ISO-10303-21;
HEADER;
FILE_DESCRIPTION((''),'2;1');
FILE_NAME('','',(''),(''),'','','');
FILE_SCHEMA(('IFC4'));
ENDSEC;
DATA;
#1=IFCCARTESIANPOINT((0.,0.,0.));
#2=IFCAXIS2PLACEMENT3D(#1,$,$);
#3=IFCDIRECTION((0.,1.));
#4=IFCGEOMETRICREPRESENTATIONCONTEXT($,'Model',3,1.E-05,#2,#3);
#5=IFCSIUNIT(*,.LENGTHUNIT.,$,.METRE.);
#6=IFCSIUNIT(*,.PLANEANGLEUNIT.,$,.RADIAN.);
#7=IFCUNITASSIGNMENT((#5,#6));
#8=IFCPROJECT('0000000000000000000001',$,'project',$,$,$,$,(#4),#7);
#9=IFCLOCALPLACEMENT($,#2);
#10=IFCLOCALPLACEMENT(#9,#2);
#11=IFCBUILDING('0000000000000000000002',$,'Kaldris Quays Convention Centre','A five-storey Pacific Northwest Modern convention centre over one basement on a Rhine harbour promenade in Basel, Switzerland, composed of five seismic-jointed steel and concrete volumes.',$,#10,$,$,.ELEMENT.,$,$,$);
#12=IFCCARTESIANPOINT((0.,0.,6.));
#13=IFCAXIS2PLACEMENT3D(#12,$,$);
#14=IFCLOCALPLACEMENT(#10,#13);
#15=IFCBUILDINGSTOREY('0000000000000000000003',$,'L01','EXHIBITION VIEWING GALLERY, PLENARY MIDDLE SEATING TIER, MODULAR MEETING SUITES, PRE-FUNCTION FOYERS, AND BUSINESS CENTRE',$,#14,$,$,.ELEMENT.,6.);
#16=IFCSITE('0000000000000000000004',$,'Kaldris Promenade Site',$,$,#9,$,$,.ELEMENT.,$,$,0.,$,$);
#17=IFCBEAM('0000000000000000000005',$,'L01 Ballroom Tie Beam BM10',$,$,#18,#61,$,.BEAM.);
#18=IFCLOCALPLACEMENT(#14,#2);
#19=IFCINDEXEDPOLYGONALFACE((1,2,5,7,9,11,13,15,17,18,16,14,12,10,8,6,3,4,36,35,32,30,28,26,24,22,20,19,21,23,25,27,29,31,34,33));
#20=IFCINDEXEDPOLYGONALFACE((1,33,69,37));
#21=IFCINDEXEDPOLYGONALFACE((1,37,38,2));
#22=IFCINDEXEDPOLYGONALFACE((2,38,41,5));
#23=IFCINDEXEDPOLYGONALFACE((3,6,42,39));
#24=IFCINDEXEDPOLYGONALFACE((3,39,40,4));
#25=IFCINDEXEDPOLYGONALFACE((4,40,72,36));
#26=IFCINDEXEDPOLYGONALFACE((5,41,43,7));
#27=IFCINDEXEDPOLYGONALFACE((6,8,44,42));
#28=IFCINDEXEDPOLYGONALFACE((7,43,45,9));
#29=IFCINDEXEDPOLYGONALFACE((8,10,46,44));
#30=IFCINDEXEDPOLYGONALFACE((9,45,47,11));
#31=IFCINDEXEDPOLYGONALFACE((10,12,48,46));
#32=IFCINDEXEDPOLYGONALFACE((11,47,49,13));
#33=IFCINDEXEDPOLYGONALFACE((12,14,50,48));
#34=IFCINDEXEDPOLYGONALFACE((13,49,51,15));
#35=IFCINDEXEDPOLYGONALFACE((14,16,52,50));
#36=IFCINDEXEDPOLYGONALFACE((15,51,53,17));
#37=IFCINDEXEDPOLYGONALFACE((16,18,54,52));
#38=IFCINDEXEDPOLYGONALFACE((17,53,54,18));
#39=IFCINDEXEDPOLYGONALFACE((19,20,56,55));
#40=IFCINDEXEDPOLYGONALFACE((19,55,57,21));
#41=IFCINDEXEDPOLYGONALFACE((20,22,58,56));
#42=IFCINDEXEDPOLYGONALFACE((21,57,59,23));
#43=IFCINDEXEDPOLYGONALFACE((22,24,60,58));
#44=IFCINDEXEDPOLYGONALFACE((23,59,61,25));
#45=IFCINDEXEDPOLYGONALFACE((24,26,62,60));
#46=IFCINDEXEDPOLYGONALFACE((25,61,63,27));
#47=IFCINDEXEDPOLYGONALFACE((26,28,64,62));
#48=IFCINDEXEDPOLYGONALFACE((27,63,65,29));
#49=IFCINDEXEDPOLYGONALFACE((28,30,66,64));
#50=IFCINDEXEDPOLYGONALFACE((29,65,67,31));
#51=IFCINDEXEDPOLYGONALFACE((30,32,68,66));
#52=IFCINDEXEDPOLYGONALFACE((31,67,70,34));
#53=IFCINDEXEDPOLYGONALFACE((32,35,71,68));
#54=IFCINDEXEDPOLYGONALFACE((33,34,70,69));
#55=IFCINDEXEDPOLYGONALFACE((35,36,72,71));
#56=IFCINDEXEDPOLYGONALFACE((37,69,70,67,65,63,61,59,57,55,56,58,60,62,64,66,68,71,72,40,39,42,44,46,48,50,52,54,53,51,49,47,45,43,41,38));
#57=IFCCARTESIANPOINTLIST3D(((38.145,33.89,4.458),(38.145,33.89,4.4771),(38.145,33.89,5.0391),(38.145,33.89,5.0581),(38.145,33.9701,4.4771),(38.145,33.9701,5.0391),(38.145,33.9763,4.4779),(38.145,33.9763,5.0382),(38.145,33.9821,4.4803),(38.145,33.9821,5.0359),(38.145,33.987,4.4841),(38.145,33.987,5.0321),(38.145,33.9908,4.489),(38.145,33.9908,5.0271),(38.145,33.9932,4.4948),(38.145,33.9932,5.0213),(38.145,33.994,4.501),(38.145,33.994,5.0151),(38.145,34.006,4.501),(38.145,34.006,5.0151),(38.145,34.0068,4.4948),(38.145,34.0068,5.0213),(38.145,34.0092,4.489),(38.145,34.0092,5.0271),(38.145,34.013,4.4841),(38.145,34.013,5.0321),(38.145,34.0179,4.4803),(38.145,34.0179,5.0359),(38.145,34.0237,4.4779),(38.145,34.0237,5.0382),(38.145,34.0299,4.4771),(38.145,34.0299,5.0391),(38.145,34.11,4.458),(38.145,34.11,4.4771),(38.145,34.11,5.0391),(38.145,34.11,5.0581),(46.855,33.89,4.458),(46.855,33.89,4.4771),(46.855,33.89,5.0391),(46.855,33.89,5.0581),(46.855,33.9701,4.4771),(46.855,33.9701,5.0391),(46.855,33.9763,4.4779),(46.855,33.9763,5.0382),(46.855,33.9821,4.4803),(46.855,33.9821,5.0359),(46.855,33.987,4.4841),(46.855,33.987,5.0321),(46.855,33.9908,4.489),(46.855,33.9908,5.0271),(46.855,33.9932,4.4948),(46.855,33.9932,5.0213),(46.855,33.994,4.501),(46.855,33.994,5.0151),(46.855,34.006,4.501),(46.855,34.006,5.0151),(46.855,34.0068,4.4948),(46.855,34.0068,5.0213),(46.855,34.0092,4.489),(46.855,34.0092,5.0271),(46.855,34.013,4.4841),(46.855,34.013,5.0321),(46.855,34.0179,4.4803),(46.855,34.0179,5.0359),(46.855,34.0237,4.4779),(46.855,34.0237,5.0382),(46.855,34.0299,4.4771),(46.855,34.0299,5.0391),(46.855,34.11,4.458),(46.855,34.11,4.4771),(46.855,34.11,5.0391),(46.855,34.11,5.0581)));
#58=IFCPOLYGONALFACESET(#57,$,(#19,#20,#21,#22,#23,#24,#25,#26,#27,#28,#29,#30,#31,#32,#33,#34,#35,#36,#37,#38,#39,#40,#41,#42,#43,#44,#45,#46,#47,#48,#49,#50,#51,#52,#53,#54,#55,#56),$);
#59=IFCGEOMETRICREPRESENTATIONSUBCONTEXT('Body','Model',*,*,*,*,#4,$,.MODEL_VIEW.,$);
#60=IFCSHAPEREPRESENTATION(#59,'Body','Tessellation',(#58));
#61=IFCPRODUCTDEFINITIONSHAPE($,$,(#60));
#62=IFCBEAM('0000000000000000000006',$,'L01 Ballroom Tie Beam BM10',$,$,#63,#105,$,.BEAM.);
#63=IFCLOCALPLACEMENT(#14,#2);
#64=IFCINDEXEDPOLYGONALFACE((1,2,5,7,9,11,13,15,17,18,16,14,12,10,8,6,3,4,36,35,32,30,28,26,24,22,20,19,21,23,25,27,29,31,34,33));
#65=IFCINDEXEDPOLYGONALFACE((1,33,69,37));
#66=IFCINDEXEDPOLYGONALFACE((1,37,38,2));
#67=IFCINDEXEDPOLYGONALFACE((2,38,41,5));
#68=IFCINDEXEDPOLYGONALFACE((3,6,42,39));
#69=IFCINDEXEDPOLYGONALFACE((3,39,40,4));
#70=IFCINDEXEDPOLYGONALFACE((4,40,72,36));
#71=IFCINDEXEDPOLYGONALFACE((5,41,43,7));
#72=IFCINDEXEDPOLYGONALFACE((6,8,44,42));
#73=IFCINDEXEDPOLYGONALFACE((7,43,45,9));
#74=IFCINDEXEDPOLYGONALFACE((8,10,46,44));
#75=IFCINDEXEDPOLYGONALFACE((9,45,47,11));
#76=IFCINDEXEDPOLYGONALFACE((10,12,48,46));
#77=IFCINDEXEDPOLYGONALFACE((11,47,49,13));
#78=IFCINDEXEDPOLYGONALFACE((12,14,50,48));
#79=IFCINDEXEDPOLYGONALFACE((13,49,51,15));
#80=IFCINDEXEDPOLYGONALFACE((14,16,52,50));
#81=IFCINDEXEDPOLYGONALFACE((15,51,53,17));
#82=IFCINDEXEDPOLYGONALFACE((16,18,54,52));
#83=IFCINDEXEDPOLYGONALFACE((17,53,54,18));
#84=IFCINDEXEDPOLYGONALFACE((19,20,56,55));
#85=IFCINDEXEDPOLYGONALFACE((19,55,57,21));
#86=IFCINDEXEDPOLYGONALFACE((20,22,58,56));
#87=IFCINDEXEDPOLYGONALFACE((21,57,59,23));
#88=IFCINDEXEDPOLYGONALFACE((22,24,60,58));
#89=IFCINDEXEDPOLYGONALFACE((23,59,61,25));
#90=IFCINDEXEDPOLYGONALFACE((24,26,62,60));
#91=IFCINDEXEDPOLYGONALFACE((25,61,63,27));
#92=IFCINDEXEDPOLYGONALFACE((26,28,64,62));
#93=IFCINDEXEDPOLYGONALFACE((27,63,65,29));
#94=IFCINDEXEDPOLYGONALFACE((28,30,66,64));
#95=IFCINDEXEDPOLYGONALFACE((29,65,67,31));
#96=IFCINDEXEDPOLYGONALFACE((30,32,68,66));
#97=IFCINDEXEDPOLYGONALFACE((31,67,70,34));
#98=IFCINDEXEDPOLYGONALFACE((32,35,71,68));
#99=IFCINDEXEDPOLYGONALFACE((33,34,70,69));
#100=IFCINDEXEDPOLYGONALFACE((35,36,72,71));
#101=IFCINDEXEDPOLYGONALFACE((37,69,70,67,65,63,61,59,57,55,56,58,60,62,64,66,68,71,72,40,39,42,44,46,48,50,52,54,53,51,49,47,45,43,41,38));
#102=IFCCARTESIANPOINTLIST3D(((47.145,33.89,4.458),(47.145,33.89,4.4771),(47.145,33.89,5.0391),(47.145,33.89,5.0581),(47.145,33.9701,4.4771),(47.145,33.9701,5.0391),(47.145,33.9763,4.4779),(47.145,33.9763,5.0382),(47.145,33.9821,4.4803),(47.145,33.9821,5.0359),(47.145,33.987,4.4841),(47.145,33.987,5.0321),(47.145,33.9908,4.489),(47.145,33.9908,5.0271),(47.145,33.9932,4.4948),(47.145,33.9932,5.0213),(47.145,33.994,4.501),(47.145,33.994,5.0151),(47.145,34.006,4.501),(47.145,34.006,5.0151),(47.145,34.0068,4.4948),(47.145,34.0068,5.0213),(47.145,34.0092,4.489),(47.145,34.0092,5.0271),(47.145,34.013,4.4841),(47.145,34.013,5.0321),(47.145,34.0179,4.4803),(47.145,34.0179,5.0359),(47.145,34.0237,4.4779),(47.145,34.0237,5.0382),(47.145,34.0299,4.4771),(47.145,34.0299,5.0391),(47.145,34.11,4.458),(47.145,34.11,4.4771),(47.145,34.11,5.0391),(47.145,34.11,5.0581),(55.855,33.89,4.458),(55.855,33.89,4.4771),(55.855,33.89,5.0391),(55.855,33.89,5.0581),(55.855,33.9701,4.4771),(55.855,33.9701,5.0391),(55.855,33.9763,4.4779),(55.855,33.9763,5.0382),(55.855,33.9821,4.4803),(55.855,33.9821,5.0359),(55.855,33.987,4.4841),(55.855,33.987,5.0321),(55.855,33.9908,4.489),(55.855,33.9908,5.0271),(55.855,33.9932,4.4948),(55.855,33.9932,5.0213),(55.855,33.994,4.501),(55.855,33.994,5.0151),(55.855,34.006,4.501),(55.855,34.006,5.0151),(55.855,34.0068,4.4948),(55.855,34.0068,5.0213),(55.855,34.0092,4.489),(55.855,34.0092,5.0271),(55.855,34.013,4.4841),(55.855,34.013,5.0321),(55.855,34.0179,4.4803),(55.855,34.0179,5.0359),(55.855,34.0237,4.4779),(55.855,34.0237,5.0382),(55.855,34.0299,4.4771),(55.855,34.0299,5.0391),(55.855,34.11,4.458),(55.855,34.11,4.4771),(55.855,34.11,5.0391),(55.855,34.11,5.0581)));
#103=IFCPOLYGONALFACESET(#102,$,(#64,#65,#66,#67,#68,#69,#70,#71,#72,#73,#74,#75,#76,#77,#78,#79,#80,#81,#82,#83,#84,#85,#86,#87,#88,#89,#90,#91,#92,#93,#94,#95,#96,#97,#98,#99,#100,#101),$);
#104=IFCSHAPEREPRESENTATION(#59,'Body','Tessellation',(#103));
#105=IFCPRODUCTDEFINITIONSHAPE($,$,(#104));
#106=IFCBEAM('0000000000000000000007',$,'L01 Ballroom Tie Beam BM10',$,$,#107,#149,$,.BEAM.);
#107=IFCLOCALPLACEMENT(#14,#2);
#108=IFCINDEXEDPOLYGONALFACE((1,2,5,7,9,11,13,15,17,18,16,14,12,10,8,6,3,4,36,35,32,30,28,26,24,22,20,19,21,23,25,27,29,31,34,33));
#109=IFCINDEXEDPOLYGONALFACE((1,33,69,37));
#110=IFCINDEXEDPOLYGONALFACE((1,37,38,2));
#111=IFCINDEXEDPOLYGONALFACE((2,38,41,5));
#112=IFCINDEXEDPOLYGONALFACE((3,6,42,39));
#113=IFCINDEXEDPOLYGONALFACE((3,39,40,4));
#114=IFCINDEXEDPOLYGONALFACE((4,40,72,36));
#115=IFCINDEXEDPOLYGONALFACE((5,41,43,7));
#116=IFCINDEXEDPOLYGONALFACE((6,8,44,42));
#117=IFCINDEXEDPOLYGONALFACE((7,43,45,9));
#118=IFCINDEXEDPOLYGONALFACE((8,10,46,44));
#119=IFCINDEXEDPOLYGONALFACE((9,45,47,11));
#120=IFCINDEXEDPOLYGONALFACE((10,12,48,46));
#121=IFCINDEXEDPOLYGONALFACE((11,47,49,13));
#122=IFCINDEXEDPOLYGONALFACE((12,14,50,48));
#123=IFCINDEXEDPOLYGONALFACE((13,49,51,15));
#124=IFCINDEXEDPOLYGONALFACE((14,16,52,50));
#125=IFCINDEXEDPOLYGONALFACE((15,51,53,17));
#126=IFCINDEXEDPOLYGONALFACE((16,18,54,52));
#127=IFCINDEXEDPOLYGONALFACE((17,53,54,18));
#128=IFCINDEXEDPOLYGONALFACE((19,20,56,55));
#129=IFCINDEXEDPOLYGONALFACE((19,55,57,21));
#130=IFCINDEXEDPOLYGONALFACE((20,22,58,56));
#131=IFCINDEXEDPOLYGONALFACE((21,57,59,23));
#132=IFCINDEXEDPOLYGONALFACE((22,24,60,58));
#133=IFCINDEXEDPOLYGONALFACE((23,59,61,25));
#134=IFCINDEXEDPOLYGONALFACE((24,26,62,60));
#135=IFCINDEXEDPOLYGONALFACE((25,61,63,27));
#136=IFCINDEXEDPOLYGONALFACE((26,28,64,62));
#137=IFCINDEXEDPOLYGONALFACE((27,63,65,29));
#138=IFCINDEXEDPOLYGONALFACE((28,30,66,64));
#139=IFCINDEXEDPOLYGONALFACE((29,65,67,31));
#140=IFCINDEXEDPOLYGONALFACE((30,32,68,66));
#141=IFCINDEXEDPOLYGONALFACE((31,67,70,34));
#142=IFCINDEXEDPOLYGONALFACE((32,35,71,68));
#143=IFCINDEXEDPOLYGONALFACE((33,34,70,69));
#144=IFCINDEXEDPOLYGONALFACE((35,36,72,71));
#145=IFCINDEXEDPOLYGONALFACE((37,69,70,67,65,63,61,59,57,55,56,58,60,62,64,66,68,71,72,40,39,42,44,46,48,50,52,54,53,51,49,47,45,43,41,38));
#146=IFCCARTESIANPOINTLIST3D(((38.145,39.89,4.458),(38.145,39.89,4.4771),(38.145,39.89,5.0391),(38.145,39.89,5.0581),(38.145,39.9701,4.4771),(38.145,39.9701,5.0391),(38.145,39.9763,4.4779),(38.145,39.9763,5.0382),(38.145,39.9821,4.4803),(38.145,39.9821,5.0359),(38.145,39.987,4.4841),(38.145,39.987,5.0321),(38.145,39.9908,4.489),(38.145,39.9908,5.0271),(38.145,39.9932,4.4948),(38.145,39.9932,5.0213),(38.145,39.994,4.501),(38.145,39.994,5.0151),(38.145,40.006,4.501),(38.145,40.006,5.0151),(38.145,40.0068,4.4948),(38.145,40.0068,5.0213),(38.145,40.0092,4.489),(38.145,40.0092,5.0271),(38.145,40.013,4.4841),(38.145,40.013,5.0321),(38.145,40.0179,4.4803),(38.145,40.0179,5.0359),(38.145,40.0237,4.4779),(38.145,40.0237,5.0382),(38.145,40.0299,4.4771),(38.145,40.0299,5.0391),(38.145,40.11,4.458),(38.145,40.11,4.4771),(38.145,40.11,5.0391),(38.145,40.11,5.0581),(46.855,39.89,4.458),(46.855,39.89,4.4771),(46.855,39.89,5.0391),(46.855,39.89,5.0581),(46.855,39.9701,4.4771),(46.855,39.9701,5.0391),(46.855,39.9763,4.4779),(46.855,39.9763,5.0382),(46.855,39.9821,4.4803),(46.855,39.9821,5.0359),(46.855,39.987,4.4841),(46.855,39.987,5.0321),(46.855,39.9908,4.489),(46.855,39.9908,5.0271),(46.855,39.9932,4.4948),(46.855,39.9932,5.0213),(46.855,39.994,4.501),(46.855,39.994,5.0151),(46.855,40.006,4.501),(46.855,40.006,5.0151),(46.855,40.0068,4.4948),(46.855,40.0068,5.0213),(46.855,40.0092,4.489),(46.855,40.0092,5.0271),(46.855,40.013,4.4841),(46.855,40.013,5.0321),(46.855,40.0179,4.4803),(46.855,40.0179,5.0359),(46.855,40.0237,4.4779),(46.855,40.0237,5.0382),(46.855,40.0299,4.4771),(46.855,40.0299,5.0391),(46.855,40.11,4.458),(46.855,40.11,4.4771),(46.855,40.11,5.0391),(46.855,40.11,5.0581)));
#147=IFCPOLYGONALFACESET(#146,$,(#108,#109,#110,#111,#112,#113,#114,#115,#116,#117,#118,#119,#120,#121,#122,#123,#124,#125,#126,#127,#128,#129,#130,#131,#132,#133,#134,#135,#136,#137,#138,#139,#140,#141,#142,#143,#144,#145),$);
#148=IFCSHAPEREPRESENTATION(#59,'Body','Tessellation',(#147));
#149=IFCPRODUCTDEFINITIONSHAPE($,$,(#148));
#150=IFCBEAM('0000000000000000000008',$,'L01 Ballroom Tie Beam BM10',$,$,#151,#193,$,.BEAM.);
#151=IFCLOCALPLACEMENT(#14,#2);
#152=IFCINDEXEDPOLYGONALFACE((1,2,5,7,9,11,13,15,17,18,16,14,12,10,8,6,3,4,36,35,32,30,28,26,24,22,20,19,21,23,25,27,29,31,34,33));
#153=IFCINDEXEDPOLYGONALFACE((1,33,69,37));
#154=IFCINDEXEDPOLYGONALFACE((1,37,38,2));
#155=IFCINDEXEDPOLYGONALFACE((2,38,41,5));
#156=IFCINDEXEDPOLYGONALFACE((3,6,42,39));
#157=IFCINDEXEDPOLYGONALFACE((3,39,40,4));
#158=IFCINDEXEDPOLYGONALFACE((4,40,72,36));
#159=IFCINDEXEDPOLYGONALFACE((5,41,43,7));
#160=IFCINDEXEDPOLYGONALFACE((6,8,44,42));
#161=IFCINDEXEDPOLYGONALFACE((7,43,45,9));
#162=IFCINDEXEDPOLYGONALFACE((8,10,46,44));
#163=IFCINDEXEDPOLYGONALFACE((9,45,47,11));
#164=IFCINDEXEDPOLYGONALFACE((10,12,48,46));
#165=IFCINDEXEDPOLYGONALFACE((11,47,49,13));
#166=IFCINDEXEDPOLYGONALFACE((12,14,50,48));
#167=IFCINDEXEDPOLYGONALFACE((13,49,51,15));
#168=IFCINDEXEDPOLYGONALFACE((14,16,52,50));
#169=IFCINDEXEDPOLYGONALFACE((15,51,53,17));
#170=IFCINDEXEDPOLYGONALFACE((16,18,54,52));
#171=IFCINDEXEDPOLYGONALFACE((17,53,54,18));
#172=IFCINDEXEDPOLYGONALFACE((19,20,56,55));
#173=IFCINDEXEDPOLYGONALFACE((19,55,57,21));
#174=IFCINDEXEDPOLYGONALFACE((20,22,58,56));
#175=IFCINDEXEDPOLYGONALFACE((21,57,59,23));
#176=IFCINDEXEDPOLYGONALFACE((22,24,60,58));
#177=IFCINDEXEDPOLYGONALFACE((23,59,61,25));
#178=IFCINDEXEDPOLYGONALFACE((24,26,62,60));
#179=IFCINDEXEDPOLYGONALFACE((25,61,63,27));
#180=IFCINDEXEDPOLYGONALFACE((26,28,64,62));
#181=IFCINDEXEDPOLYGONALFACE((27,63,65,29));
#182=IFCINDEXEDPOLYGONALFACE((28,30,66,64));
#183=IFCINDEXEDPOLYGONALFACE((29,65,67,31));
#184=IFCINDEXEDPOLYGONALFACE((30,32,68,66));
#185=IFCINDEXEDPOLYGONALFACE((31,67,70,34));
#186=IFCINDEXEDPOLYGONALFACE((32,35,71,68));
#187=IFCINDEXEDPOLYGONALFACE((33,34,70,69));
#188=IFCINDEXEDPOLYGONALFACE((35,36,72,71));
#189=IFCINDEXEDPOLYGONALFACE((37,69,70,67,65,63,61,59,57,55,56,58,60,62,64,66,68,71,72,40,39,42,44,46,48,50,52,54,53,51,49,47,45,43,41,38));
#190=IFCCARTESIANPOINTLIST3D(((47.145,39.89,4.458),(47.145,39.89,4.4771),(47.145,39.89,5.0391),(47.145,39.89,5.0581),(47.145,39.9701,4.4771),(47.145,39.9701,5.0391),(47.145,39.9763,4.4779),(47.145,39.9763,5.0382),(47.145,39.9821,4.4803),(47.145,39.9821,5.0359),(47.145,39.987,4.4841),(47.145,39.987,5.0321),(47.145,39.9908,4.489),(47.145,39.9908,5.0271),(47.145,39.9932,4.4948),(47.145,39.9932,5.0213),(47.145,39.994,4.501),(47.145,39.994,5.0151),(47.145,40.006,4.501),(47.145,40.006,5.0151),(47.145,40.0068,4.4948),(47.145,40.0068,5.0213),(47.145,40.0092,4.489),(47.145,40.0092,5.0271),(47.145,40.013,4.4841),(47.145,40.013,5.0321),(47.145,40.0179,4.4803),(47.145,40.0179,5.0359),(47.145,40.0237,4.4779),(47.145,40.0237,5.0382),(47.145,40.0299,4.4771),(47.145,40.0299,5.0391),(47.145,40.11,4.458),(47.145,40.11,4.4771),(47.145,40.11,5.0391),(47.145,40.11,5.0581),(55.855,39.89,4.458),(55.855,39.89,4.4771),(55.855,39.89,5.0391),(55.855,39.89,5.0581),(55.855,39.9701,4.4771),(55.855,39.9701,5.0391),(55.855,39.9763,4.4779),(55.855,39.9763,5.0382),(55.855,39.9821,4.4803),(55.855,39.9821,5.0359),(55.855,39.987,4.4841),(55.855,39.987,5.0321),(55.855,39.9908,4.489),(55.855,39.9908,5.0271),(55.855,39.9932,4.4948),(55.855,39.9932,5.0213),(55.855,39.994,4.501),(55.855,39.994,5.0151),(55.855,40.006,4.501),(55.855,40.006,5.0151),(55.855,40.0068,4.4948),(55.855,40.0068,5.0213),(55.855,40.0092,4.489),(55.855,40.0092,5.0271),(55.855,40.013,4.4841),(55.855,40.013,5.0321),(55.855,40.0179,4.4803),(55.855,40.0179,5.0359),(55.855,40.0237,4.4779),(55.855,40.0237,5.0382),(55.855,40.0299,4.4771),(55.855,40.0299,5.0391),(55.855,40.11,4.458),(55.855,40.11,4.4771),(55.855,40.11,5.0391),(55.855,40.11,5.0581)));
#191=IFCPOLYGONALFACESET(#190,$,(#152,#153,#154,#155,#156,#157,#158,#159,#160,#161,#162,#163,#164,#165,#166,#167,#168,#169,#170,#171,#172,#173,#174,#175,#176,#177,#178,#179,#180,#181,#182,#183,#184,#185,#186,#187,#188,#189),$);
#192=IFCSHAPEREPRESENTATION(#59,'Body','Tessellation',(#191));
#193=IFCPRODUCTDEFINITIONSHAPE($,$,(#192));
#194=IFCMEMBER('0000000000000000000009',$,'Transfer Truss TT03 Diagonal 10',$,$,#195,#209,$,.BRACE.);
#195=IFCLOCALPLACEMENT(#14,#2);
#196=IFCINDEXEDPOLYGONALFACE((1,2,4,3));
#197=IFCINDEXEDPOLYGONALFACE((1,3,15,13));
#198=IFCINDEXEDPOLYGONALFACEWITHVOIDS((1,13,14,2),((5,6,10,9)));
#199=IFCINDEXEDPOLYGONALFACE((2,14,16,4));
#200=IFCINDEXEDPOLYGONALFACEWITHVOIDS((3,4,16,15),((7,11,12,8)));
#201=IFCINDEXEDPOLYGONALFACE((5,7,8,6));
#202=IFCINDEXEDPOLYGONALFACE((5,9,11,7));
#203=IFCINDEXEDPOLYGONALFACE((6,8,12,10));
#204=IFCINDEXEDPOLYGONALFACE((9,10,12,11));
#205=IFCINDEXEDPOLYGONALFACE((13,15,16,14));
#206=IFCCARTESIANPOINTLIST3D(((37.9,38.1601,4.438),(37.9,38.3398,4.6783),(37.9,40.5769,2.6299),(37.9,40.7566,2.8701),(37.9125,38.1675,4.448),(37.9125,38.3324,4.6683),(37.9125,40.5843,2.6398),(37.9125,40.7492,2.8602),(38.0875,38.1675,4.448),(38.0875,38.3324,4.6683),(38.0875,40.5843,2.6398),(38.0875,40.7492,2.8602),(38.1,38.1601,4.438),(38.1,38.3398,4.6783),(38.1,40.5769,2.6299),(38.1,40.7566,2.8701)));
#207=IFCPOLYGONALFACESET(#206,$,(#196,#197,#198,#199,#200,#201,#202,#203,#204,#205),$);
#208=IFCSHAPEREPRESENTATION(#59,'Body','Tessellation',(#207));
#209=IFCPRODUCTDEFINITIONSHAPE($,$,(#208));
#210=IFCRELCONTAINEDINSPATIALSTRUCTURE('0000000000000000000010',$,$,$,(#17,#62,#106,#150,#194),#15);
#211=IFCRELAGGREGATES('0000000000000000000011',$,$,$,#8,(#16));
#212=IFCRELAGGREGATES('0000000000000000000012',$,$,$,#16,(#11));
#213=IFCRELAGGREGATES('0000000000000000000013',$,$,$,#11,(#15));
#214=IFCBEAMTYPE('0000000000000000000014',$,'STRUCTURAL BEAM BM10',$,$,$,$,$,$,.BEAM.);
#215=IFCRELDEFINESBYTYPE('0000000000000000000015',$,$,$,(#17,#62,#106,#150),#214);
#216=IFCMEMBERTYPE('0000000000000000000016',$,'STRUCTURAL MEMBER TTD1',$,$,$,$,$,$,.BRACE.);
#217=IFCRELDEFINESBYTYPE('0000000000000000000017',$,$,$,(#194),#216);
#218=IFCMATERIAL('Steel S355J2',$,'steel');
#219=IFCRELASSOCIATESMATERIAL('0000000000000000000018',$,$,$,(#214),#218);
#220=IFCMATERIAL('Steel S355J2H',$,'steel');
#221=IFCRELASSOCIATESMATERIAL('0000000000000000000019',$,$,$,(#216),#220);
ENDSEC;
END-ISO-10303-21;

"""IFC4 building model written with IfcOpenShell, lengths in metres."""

from ifc_helpers import new_model, si_unit, direction, frame, origin, origin_2d, place, context, subcontext, project, spatial, hollow_rectangle, i_section, extrude, material, material_profile, profile_set, type_object, element, save


model = new_model("IFC4")

# Units and contexts
model_context = context("Model", 3, precision=1e-05, world=origin(), true_north=direction((0.0, 1.0)))
body_context = subcontext(model_context, "Body", "Model", "MODEL_VIEW")
ifc_project = project(units=[si_unit("LENGTHUNIT", "METRE"), si_unit("PLANEANGLEUNIT", "RADIAN")], contexts=[model_context])

# Site, building, storey
site_placement = place(None, origin())
site = spatial("IfcSite", under=ifc_project, at=site_placement, Name="Kaldris Promenade Site", CompositionType="ELEMENT", RefElevation=0.0)
building_placement = place(site_placement, origin())
building = spatial("IfcBuilding", under=site, at=building_placement, Name="Kaldris Quays Convention Centre", Description="A five-storey Pacific Northwest Modern convention centre over one basement on a Rhine harbour promenade in Basel, Switzerland, composed of five seismic-jointed steel and concrete volumes.", CompositionType="ELEMENT")
storey_placement = place(building_placement, frame((0.0, 0.0, 6.0)))
storey = spatial("IfcBuildingStorey", under=building, at=storey_placement, Name="L01", Description="EXHIBITION VIEWING GALLERY, PLENARY MIDDLE SEATING TIER, MODULAR MEETING SUITES, PRE-FUNCTION FOYERS, AND BUSINESS CENTRE", CompositionType="ELEMENT", Elevation=6.0)

# Beams
ifc_material_1 = material(Name="Steel S355J2", Category="steel")
ifc_material_profile_1 = material_profile(ifc_material_1, i_section(OverallWidth=0.22, OverallDepth=0.6001, WebThickness=0.012, FlangeThickness=0.019, FilletRadius=0.0239, at=origin_2d()), Name="IPE 600")
ifc_profile_set_1 = profile_set([ifc_material_profile_1], Name="Steel S355J2")
beam_type = type_object("IfcBeamType", Name="STRUCTURAL BEAM BM10", PredefinedType="BEAM", material=ifc_profile_set_1)
for number, where, z_axis, x_axis, name in (
    (1, (38.145, 34.0, 4.7581), (1.0, 0.0, 0.0), (0.0, 1.0, 0.0), "L01 Ballroom Tie Beam BM10"),
    (2, (47.145, 34.0, 4.7581), (1.0, 0.0, 0.0), (0.0, 1.0, 0.0), "L01 Ballroom Tie Beam BM10"),
    (3, (38.145, 40.0, 4.7581), (1.0, 0.0, 0.0), (0.0, 1.0, 0.0), "L01 Ballroom Tie Beam BM10"),
    (4, (47.145, 40.0, 4.7581), (1.0, 0.0, 0.0), (0.0, 1.0, 0.0), "L01 Ballroom Tie Beam BM10"),
):
    element("IfcBeam", number, at=place(storey_placement, frame(where, z_axis=z_axis, x_axis=x_axis)), inside=storey, type_object=beam_type, Name=name, PredefinedType="BEAM", context=body_context, shape_type="SweptSolid", body=[
        extrude(i_section(OverallWidth=0.22, OverallDepth=0.6001, WebThickness=0.012, FlangeThickness=0.019, FilletRadius=0.0239, at=origin_2d()), origin(), (0.0, 0.0, 1.0), 8.71),
    ])

# Member
ifc_material_2 = material(Name="Steel S355J2H", Category="steel")
ifc_material_profile_2 = material_profile(ifc_material_2, hollow_rectangle(XDim=0.2, YDim=0.3, WallThickness=0.0125, at=origin_2d()), Name="RHS 300x200x12.5")
ifc_profile_set_2 = profile_set([ifc_material_profile_2], Name="Steel S355J2H")
member_type = type_object("IfcMemberType", Name="STRUCTURAL MEMBER TTD1", PredefinedType="BRACE", material=ifc_profile_set_2)
member_1_placement = place(storey_placement, frame((38.0, 40.6667, 2.75), z_axis=(0.0, -0.800708, 0.599055), x_axis=(1.0, 0.0, 0.0)))
element("IfcMember", 5, at=member_1_placement, inside=storey, type_object=member_type, Name="Transfer Truss TT03 Diagonal 10", PredefinedType="BRACE", context=body_context, shape_type="SweptSolid", body=[
    extrude(hollow_rectangle(XDim=0.2, YDim=0.3, WallThickness=0.0125, at=origin_2d()), origin(), (0.0, 0.0, 1.0), 3.0183),
])

save(model, "model.ifc")
